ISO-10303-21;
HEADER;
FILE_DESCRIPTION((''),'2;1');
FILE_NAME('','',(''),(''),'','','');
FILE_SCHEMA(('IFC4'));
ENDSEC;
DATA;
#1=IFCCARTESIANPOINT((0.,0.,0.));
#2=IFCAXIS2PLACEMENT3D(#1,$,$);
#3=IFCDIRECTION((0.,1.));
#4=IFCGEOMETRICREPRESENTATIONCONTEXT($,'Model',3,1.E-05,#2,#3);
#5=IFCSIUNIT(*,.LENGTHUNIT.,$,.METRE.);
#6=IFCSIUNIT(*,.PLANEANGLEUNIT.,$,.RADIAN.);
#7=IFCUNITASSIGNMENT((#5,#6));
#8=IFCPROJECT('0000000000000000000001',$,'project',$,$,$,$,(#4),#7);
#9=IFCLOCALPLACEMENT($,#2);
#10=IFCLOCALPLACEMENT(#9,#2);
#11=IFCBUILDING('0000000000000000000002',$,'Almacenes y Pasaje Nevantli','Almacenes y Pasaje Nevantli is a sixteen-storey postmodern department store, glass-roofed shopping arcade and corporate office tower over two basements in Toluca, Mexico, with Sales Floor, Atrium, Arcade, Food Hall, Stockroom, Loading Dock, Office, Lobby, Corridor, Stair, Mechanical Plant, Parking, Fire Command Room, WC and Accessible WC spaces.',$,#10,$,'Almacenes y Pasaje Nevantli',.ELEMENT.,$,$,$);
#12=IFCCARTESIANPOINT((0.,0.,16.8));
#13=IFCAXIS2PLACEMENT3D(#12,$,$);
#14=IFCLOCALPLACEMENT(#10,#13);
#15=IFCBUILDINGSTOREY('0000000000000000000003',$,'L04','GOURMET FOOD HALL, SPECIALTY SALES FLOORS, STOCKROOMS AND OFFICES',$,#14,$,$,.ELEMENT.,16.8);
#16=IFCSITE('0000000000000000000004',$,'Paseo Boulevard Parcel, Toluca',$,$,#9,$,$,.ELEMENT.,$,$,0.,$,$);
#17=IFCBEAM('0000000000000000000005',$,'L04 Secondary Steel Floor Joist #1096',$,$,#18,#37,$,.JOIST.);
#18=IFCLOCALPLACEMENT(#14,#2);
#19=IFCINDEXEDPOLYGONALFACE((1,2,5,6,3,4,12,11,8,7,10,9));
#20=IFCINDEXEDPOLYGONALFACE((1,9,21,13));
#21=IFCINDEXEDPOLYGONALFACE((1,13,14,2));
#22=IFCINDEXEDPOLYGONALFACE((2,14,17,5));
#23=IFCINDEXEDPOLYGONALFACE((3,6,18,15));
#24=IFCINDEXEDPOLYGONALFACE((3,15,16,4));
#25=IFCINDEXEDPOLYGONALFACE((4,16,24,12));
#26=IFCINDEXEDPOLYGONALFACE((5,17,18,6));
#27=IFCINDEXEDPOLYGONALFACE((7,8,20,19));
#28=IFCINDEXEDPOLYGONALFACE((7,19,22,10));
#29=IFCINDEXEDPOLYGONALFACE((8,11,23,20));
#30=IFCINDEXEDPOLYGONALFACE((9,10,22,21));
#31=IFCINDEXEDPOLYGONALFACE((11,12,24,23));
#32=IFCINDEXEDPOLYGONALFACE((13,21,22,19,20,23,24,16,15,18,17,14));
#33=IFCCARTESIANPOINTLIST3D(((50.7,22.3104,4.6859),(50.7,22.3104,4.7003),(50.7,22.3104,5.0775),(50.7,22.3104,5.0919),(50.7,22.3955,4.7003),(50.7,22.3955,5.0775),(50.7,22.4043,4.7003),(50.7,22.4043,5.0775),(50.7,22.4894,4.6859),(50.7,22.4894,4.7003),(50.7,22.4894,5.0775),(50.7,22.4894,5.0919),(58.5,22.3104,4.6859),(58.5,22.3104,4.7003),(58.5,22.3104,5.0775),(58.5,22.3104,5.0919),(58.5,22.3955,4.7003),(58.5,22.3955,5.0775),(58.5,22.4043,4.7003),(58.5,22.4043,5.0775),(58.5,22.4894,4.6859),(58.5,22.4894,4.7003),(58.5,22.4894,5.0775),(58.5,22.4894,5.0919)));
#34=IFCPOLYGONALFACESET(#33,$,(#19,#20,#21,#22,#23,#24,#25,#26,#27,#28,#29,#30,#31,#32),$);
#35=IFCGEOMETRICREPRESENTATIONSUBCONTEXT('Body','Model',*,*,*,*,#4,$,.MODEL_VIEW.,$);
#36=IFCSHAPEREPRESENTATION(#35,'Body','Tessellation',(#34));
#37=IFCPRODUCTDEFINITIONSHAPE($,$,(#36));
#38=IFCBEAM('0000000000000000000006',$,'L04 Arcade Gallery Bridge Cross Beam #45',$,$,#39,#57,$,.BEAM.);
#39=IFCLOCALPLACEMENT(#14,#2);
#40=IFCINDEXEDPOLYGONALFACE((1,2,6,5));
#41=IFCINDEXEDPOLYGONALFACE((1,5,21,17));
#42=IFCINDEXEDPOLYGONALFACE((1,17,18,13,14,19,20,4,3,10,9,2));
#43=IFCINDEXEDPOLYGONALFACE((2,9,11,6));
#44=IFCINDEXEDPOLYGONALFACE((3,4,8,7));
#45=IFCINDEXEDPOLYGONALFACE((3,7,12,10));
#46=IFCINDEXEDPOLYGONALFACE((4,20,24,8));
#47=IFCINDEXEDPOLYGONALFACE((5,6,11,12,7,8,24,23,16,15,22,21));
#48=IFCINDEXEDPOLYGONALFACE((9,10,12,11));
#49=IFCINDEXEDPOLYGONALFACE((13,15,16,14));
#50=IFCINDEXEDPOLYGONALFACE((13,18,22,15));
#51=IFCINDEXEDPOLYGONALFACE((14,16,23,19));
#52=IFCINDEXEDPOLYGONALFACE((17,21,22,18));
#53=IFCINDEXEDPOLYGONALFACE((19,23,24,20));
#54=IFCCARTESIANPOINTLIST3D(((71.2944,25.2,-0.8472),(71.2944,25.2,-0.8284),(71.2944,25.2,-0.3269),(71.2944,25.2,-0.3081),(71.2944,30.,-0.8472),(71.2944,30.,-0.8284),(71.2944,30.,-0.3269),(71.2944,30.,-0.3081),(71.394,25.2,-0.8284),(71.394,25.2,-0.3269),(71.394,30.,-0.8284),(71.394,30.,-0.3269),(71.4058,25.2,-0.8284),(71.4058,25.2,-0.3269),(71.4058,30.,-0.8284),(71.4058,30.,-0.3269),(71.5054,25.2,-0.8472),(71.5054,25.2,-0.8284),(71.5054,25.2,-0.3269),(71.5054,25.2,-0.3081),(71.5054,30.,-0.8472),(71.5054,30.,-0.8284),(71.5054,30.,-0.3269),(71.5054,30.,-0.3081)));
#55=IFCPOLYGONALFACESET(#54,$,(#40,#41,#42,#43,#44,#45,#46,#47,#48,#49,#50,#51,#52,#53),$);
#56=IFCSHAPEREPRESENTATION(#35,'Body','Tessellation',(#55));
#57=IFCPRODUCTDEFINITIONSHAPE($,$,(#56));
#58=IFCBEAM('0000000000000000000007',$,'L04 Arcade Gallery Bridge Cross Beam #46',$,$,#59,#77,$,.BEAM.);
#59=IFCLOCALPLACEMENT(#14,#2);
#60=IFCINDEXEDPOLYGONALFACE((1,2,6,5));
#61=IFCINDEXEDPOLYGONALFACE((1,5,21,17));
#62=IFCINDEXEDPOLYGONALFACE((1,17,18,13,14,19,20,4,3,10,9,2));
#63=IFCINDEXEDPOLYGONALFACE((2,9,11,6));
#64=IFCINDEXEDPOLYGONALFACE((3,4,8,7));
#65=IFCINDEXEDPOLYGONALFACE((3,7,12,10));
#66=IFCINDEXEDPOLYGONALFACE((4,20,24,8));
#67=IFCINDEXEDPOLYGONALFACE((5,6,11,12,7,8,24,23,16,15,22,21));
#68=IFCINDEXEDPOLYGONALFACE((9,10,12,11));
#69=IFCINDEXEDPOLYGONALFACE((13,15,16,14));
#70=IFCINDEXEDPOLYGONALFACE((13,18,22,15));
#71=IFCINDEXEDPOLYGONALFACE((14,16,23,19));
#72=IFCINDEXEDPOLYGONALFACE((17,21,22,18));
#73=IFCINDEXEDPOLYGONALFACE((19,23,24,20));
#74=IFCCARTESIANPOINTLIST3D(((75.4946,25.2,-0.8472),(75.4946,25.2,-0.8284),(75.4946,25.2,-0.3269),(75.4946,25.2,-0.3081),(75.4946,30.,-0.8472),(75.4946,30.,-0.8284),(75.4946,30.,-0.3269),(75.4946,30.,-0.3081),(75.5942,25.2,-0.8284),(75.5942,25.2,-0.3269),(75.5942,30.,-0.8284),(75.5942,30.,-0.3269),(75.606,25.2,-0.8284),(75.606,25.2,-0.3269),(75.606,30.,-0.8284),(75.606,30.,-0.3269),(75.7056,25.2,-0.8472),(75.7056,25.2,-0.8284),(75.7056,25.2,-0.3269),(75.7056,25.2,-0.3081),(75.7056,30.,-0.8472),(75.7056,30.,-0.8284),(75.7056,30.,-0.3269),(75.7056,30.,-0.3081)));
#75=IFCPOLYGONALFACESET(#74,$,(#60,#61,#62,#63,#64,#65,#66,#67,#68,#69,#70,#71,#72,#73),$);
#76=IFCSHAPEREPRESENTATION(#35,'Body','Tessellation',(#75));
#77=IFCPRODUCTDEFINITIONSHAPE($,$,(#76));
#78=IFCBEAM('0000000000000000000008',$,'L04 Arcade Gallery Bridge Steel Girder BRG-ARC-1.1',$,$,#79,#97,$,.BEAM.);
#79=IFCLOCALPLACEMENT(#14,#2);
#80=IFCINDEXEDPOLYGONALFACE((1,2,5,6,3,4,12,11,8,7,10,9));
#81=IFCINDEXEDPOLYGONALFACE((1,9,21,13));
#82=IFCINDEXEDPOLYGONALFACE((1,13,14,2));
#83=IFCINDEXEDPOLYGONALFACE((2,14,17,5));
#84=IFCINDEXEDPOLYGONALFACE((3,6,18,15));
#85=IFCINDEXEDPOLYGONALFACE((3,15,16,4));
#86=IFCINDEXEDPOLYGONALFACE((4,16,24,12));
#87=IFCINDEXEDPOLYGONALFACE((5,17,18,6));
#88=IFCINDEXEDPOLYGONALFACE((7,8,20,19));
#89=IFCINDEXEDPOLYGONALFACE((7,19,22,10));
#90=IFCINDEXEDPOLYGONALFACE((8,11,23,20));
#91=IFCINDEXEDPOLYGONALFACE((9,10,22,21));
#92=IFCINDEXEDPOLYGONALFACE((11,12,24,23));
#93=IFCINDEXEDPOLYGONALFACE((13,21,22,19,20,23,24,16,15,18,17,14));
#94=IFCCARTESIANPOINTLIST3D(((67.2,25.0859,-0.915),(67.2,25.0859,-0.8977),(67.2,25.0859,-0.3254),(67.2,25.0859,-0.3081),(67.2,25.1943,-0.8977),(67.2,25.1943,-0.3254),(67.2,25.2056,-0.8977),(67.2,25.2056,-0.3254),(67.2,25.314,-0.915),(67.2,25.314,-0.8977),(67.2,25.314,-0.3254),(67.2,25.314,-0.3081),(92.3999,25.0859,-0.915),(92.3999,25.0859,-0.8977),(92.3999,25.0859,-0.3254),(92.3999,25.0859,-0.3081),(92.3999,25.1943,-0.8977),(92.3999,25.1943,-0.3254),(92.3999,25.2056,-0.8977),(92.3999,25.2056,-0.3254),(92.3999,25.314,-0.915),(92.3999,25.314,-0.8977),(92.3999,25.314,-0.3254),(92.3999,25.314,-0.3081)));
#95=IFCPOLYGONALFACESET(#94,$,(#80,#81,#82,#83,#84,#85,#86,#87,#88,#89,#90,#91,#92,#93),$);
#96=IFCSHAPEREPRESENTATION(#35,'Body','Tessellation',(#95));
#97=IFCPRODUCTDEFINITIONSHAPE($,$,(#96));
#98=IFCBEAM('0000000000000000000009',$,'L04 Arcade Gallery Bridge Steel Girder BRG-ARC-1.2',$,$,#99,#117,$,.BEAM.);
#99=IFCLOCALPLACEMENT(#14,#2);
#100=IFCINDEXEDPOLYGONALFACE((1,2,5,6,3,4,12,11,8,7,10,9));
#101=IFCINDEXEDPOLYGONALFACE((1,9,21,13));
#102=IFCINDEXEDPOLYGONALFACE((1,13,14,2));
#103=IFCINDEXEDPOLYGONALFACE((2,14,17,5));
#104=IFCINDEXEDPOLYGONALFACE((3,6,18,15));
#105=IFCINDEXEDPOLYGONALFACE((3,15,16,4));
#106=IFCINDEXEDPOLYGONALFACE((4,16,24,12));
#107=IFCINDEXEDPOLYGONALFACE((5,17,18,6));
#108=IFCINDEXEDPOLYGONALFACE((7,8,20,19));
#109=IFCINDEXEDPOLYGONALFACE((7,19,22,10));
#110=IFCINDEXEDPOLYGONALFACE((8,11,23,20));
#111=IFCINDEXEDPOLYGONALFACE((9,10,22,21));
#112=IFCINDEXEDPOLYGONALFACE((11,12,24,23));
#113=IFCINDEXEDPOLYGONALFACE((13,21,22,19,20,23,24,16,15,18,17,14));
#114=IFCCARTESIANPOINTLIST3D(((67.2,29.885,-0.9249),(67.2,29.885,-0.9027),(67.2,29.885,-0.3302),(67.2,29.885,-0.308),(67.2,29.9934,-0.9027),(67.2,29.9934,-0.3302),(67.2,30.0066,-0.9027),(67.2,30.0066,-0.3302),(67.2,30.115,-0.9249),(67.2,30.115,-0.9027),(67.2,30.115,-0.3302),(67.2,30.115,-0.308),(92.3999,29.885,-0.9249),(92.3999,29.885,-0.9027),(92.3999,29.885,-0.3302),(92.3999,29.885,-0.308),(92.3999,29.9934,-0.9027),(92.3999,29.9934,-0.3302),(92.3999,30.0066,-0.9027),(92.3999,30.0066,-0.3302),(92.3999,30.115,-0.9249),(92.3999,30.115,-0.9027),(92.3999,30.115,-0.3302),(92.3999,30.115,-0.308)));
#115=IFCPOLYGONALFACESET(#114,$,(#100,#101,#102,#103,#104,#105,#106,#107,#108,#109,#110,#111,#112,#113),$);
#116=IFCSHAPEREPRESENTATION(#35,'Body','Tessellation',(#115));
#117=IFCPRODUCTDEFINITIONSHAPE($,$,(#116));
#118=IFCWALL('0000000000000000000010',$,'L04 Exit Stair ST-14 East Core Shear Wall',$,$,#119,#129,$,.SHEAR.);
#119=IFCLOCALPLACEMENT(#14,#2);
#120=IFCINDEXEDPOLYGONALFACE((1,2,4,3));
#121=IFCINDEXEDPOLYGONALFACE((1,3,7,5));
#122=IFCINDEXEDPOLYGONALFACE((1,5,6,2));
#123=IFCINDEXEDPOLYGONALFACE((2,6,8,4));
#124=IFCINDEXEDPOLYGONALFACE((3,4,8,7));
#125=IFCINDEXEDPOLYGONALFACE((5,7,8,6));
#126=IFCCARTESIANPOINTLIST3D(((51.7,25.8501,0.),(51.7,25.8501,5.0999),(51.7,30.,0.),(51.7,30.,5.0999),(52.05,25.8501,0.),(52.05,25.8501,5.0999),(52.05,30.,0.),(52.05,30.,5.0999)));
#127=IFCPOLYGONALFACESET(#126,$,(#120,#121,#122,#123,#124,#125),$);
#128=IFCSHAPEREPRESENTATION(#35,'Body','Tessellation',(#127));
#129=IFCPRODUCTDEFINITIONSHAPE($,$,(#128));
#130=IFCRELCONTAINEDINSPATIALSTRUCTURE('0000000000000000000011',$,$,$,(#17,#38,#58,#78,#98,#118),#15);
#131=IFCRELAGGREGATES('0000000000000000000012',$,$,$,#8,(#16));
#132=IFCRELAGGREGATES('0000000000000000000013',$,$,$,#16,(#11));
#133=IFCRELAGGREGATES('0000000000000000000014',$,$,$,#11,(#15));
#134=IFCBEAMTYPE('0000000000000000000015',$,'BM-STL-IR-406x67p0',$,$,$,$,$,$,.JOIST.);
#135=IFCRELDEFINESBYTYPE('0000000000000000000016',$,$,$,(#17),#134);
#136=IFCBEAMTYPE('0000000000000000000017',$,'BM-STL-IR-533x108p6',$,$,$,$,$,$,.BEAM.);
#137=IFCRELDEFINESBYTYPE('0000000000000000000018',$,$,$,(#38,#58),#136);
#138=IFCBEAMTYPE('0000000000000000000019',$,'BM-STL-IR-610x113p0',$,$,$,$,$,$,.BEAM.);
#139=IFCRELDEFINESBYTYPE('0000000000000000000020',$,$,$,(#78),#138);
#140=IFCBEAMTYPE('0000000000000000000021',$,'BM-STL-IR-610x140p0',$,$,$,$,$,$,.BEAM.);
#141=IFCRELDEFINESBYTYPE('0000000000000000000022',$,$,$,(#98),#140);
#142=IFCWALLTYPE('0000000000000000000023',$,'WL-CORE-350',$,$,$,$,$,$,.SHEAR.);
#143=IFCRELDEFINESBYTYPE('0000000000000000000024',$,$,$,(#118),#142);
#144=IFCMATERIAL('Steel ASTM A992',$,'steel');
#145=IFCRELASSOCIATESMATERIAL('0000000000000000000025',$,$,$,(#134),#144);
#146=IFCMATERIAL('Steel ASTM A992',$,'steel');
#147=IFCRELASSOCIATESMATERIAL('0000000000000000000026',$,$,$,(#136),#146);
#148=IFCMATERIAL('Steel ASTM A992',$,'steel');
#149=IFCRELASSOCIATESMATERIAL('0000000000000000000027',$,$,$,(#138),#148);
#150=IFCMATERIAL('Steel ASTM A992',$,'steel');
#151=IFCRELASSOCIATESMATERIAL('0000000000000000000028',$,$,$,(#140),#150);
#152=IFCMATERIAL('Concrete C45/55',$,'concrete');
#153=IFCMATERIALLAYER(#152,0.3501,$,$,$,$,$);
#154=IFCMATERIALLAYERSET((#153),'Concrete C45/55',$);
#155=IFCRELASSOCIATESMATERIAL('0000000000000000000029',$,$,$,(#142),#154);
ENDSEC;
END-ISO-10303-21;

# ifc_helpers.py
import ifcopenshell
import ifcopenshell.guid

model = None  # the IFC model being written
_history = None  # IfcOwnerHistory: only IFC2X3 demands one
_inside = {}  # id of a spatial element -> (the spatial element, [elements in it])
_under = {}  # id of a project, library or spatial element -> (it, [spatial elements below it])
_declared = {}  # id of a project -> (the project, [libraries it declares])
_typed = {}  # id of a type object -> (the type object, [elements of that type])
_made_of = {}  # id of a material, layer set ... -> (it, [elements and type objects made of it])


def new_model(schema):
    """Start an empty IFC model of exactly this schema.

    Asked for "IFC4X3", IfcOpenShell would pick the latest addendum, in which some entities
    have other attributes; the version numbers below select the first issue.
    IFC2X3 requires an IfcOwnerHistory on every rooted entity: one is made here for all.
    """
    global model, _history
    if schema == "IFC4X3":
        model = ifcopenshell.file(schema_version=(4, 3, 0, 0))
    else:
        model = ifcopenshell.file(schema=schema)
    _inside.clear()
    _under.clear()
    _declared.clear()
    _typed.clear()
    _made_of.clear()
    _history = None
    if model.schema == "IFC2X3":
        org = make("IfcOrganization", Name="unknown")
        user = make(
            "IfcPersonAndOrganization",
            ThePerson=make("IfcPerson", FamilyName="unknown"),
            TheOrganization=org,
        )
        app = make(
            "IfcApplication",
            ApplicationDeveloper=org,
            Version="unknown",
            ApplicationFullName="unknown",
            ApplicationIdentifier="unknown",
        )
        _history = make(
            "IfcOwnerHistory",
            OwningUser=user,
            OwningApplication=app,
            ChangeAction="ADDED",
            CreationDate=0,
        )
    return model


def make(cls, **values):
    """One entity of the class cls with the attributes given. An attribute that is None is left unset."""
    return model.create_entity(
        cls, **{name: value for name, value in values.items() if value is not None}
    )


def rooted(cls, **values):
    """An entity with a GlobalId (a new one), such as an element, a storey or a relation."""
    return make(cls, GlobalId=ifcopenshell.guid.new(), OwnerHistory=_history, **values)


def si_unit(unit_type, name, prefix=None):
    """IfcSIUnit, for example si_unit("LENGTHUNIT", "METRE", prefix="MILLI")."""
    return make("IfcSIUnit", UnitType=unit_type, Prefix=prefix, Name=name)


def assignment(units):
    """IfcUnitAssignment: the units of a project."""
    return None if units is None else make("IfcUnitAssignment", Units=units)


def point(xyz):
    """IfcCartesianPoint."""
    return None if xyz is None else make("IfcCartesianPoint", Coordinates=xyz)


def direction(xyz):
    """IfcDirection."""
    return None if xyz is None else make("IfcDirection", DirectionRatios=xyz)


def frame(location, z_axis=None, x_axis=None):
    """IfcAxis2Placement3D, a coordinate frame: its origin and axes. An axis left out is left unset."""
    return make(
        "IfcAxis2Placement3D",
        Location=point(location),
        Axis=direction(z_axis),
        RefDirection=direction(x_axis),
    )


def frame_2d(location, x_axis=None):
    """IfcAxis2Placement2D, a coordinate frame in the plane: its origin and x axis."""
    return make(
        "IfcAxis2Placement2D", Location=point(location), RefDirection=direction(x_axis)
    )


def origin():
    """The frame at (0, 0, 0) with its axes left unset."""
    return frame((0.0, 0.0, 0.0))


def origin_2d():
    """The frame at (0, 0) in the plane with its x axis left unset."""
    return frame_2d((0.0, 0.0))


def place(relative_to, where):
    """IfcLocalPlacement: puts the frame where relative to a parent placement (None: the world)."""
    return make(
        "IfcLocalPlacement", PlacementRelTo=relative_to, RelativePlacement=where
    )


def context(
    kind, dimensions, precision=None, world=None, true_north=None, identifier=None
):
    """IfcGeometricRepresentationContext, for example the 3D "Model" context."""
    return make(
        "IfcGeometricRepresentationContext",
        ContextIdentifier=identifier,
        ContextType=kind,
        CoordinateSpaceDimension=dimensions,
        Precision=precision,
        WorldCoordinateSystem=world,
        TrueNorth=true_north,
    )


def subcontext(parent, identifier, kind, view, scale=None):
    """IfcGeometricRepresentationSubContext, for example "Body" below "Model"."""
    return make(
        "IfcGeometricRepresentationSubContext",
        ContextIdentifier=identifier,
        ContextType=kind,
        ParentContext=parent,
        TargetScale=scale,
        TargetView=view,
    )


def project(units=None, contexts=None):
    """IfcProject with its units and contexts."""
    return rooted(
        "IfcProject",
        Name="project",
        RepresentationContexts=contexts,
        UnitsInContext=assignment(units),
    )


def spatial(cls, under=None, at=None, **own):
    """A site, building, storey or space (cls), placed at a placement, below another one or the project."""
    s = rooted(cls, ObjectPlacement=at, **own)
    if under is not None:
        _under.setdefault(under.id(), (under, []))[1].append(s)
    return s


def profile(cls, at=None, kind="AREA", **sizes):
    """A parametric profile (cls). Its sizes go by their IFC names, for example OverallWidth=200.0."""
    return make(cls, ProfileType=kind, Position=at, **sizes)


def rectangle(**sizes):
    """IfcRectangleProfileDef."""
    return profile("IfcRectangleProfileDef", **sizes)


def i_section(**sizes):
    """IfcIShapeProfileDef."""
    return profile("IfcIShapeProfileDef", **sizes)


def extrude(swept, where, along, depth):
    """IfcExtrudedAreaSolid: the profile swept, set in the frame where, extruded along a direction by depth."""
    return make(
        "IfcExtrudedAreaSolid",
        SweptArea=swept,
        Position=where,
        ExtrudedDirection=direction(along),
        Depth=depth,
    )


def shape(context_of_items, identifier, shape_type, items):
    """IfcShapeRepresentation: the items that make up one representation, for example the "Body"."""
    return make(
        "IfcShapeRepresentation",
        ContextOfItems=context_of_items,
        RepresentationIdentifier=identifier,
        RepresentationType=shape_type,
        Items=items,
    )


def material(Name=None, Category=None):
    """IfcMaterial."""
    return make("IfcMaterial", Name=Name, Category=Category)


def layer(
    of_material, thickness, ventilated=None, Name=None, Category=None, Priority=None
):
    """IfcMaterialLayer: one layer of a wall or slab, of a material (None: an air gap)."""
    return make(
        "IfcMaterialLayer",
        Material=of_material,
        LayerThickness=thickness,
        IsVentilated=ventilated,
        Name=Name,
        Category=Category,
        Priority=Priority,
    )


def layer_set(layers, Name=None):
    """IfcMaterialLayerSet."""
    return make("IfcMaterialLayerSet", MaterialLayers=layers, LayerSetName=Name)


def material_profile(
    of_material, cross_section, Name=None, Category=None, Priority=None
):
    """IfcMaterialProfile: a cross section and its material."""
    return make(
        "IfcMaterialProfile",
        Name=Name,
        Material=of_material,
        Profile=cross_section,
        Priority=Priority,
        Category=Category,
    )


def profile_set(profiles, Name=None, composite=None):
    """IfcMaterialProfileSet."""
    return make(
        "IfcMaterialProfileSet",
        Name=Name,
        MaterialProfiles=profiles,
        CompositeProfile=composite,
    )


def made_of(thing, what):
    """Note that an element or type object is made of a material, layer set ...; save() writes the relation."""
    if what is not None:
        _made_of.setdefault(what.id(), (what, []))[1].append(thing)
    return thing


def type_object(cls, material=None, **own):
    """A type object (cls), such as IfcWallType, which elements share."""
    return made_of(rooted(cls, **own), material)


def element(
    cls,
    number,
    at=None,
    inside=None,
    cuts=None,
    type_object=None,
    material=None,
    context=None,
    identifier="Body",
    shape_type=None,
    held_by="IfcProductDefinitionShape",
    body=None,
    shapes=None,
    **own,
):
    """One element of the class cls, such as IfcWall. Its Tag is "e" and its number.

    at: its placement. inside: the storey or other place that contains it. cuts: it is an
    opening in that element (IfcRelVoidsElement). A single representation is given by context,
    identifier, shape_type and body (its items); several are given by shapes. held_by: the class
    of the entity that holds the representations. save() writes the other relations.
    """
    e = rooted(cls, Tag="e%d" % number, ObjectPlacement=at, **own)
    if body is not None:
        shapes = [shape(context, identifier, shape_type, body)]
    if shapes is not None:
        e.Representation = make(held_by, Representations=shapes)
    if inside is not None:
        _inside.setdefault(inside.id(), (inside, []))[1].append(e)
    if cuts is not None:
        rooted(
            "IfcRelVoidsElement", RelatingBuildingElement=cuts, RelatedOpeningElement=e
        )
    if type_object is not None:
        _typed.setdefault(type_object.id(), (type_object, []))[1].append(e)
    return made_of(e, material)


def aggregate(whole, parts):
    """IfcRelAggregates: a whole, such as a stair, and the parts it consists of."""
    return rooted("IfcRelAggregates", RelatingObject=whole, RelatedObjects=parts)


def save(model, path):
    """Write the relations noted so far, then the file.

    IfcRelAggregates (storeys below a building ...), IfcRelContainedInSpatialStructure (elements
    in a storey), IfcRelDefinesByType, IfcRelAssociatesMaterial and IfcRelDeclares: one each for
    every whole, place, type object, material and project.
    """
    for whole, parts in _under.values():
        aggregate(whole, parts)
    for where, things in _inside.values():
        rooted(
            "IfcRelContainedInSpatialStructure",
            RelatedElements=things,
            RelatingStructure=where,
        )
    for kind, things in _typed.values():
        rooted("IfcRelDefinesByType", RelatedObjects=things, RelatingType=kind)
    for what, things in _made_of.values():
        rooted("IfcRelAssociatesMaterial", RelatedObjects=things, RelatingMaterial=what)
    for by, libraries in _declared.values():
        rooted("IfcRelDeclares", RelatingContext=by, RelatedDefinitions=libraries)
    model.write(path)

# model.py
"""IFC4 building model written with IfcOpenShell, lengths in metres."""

from ifc_helpers import new_model, si_unit, direction, frame, frame_2d, origin, origin_2d, place, context, subcontext, project, spatial, rectangle, i_section, extrude, material, layer, layer_set, material_profile, profile_set, type_object, element, save


model = new_model("IFC4")

# Units and contexts
model_context = context("Model", 3, precision=1e-05, world=origin(), true_north=direction((0.0, 1.0)))
body_context = subcontext(model_context, "Body", "Model", "MODEL_VIEW")
ifc_project = project(units=[si_unit("LENGTHUNIT", "METRE"), si_unit("PLANEANGLEUNIT", "RADIAN")], contexts=[model_context])

# Site, building, storey
site_placement = place(None, origin())
site = spatial("IfcSite", under=ifc_project, at=site_placement, Name="Paseo Boulevard Parcel, Toluca", CompositionType="ELEMENT", RefElevation=0.0)
building_placement = place(site_placement, origin())
building = spatial("IfcBuilding", under=site, at=building_placement, Name="Almacenes y Pasaje Nevantli", Description="Almacenes y Pasaje Nevantli is a sixteen-storey postmodern department store, glass-roofed shopping arcade and corporate office tower over two basements in Toluca, Mexico, with Sales Floor, Atrium, Arcade, Food Hall, Stockroom, Loading Dock, Office, Lobby, Corridor, Stair, Mechanical Plant, Parking, Fire Command Room, WC and Accessible WC spaces.", LongName="Almacenes y Pasaje Nevantli", CompositionType="ELEMENT")
storey_placement = place(building_placement, frame((0.0, 0.0, 16.8)))
storey = spatial("IfcBuildingStorey", under=building, at=storey_placement, Name="L04", Description="GOURMET FOOD HALL, SPECIALTY SALES FLOORS, STOCKROOMS AND OFFICES", CompositionType="ELEMENT", Elevation=16.8)

# Beams
ifc_material_1 = material(Name="Steel ASTM A992", Category="steel")
ifc_material_profile_1 = material_profile(ifc_material_1, i_section(OverallWidth=0.179, OverallDepth=0.406, WebThickness=0.0088, FlangeThickness=0.0144, at=origin_2d()), Name="IR 406x67.0")
ifc_profile_set_1 = profile_set([ifc_material_profile_1], Name="Steel ASTM A992")
beam_type_1 = type_object("IfcBeamType", Name="BM-STL-IR-406x67p0", PredefinedType="JOIST", material=ifc_profile_set_1)
for number, where, z_axis, x_axis, name in (
    (1, (50.7, 22.3999, 4.8889), (1.0, 0.0, 0.0), (0.0, 1.0, 0.0), "L04 Secondary Steel Floor Joist #1096"),
):
    element("IfcBeam", number, at=place(storey_placement, frame(where, z_axis=z_axis, x_axis=x_axis)), inside=storey, type_object=beam_type_1, Name=name, PredefinedType="JOIST", context=body_context, shape_type="SweptSolid", body=[
        extrude(i_section(OverallWidth=0.179, OverallDepth=0.406, WebThickness=0.0088, FlangeThickness=0.0144, at=origin_2d()), origin(), (0.0, 0.0, 1.0), 7.8),
    ])
ifc_material_2 = material(Name="Steel ASTM A992", Category="steel")
ifc_material_profile_2 = material_profile(ifc_material_2, i_section(OverallWidth=0.2109, OverallDepth=0.5391, WebThickness=0.0117, FlangeThickness=0.0188, at=origin_2d()), Name="IR 533x108.6")
ifc_profile_set_2 = profile_set([ifc_material_profile_2], Name="Steel ASTM A992")
beam_type_2 = type_object("IfcBeamType", Name="BM-STL-IR-533x108p6", PredefinedType="BEAM", material=ifc_profile_set_2)
for number, where, z_axis, x_axis, name in (
    (2, (71.3999, 25.2, -0.5776), (0.0, 1.0, 0.0), (-1.0, 0.0, 0.0), "L04 Arcade Gallery Bridge Cross Beam #45"),
    (3, (75.6001, 25.2, -0.5776), (0.0, 1.0, 0.0), (-1.0, 0.0, 0.0), "L04 Arcade Gallery Bridge Cross Beam #46"),
):
    element("IfcBeam", number, at=place(storey_placement, frame(where, z_axis=z_axis, x_axis=x_axis)), inside=storey, type_object=beam_type_2, Name=name, PredefinedType="BEAM", context=body_context, shape_type="SweptSolid", body=[
        extrude(i_section(OverallWidth=0.2109, OverallDepth=0.5391, WebThickness=0.0117, FlangeThickness=0.0188, at=origin_2d()), origin(), (0.0, 0.0, 1.0), 4.8),
    ])
ifc_material_3 = material(Name="Steel ASTM A992", Category="steel")
ifc_material_profile_3 = material_profile(ifc_material_3, i_section(OverallWidth=0.228, OverallDepth=0.6069, WebThickness=0.0112, FlangeThickness=0.0173, at=origin_2d()), Name="IR 610x113.0")
ifc_profile_set_3 = profile_set([ifc_material_profile_3], Name="Steel ASTM A992")
beam_type_3 = type_object("IfcBeamType", Name="BM-STL-IR-610x113p0", PredefinedType="BEAM", material=ifc_profile_set_3)
beam_1_placement = place(storey_placement, frame((67.2, 25.2, -0.6116), z_axis=(1.0, 0.0, 0.0), x_axis=(0.0, 1.0, 0.0)))
element("IfcBeam", 4, at=beam_1_placement, inside=storey, type_object=beam_type_3, Name="L04 Arcade Gallery Bridge Steel Girder BRG-ARC-1.1", PredefinedType="BEAM", context=body_context, shape_type="SweptSolid", body=[
    extrude(i_section(OverallWidth=0.228, OverallDepth=0.6069, WebThickness=0.0112, FlangeThickness=0.0173, at=origin_2d()), origin(), (0.0, 0.0, 1.0), 25.2),
])
ifc_material_4 = material(Name="Steel ASTM A992", Category="steel")
ifc_material_profile_4 = material_profile(ifc_material_4, i_section(OverallWidth=0.23, OverallDepth=0.6169, WebThickness=0.0132, FlangeThickness=0.0222, at=origin_2d()), Name="IR 610x140.0")
ifc_profile_set_4 = profile_set([ifc_material_profile_4], Name="Steel ASTM A992")
beam_type_4 = type_object("IfcBeamType", Name="BM-STL-IR-610x140p0", PredefinedType="BEAM", material=ifc_profile_set_4)
beam_2_placement = place(storey_placement, frame((67.2, 30.0, -0.6165), z_axis=(1.0, 0.0, 0.0), x_axis=(0.0, 1.0, 0.0)))
element("IfcBeam", 5, at=beam_2_placement, inside=storey, type_object=beam_type_4, Name="L04 Arcade Gallery Bridge Steel Girder BRG-ARC-1.2", PredefinedType="BEAM", context=body_context, shape_type="SweptSolid", body=[
    extrude(i_section(OverallWidth=0.23, OverallDepth=0.6169, WebThickness=0.0132, FlangeThickness=0.0222, at=origin_2d()), origin(), (0.0, 0.0, 1.0), 25.2),
])

# Wall
ifc_material_5 = material(Name="Concrete C45/55", Category="concrete")
ifc_layer = layer(ifc_material_5, 0.3501)
ifc_layer_set = layer_set([ifc_layer], Name="Concrete C45/55")
wall_type = type_object("IfcWallType", Name="WL-CORE-350", PredefinedType="SHEAR", material=ifc_layer_set)
wall_placement = place(storey_placement, frame((51.875, 25.8501, 0.0), z_axis=(0.0, 0.0, 1.0), x_axis=(0.0, 1.0, 0.0)))
element("IfcWall", 6, at=wall_placement, inside=storey, type_object=wall_type, Name="L04 Exit Stair ST-14 East Core Shear Wall", PredefinedType="SHEAR", context=body_context, shape_type="SweptSolid", body=[
    extrude(rectangle(XDim=4.1499, YDim=0.3501, at=frame_2d((2.075, 0.0))), origin(), (0.0, 0.0, 1.0), 5.0999),
])

save(model, "model.ifc")
